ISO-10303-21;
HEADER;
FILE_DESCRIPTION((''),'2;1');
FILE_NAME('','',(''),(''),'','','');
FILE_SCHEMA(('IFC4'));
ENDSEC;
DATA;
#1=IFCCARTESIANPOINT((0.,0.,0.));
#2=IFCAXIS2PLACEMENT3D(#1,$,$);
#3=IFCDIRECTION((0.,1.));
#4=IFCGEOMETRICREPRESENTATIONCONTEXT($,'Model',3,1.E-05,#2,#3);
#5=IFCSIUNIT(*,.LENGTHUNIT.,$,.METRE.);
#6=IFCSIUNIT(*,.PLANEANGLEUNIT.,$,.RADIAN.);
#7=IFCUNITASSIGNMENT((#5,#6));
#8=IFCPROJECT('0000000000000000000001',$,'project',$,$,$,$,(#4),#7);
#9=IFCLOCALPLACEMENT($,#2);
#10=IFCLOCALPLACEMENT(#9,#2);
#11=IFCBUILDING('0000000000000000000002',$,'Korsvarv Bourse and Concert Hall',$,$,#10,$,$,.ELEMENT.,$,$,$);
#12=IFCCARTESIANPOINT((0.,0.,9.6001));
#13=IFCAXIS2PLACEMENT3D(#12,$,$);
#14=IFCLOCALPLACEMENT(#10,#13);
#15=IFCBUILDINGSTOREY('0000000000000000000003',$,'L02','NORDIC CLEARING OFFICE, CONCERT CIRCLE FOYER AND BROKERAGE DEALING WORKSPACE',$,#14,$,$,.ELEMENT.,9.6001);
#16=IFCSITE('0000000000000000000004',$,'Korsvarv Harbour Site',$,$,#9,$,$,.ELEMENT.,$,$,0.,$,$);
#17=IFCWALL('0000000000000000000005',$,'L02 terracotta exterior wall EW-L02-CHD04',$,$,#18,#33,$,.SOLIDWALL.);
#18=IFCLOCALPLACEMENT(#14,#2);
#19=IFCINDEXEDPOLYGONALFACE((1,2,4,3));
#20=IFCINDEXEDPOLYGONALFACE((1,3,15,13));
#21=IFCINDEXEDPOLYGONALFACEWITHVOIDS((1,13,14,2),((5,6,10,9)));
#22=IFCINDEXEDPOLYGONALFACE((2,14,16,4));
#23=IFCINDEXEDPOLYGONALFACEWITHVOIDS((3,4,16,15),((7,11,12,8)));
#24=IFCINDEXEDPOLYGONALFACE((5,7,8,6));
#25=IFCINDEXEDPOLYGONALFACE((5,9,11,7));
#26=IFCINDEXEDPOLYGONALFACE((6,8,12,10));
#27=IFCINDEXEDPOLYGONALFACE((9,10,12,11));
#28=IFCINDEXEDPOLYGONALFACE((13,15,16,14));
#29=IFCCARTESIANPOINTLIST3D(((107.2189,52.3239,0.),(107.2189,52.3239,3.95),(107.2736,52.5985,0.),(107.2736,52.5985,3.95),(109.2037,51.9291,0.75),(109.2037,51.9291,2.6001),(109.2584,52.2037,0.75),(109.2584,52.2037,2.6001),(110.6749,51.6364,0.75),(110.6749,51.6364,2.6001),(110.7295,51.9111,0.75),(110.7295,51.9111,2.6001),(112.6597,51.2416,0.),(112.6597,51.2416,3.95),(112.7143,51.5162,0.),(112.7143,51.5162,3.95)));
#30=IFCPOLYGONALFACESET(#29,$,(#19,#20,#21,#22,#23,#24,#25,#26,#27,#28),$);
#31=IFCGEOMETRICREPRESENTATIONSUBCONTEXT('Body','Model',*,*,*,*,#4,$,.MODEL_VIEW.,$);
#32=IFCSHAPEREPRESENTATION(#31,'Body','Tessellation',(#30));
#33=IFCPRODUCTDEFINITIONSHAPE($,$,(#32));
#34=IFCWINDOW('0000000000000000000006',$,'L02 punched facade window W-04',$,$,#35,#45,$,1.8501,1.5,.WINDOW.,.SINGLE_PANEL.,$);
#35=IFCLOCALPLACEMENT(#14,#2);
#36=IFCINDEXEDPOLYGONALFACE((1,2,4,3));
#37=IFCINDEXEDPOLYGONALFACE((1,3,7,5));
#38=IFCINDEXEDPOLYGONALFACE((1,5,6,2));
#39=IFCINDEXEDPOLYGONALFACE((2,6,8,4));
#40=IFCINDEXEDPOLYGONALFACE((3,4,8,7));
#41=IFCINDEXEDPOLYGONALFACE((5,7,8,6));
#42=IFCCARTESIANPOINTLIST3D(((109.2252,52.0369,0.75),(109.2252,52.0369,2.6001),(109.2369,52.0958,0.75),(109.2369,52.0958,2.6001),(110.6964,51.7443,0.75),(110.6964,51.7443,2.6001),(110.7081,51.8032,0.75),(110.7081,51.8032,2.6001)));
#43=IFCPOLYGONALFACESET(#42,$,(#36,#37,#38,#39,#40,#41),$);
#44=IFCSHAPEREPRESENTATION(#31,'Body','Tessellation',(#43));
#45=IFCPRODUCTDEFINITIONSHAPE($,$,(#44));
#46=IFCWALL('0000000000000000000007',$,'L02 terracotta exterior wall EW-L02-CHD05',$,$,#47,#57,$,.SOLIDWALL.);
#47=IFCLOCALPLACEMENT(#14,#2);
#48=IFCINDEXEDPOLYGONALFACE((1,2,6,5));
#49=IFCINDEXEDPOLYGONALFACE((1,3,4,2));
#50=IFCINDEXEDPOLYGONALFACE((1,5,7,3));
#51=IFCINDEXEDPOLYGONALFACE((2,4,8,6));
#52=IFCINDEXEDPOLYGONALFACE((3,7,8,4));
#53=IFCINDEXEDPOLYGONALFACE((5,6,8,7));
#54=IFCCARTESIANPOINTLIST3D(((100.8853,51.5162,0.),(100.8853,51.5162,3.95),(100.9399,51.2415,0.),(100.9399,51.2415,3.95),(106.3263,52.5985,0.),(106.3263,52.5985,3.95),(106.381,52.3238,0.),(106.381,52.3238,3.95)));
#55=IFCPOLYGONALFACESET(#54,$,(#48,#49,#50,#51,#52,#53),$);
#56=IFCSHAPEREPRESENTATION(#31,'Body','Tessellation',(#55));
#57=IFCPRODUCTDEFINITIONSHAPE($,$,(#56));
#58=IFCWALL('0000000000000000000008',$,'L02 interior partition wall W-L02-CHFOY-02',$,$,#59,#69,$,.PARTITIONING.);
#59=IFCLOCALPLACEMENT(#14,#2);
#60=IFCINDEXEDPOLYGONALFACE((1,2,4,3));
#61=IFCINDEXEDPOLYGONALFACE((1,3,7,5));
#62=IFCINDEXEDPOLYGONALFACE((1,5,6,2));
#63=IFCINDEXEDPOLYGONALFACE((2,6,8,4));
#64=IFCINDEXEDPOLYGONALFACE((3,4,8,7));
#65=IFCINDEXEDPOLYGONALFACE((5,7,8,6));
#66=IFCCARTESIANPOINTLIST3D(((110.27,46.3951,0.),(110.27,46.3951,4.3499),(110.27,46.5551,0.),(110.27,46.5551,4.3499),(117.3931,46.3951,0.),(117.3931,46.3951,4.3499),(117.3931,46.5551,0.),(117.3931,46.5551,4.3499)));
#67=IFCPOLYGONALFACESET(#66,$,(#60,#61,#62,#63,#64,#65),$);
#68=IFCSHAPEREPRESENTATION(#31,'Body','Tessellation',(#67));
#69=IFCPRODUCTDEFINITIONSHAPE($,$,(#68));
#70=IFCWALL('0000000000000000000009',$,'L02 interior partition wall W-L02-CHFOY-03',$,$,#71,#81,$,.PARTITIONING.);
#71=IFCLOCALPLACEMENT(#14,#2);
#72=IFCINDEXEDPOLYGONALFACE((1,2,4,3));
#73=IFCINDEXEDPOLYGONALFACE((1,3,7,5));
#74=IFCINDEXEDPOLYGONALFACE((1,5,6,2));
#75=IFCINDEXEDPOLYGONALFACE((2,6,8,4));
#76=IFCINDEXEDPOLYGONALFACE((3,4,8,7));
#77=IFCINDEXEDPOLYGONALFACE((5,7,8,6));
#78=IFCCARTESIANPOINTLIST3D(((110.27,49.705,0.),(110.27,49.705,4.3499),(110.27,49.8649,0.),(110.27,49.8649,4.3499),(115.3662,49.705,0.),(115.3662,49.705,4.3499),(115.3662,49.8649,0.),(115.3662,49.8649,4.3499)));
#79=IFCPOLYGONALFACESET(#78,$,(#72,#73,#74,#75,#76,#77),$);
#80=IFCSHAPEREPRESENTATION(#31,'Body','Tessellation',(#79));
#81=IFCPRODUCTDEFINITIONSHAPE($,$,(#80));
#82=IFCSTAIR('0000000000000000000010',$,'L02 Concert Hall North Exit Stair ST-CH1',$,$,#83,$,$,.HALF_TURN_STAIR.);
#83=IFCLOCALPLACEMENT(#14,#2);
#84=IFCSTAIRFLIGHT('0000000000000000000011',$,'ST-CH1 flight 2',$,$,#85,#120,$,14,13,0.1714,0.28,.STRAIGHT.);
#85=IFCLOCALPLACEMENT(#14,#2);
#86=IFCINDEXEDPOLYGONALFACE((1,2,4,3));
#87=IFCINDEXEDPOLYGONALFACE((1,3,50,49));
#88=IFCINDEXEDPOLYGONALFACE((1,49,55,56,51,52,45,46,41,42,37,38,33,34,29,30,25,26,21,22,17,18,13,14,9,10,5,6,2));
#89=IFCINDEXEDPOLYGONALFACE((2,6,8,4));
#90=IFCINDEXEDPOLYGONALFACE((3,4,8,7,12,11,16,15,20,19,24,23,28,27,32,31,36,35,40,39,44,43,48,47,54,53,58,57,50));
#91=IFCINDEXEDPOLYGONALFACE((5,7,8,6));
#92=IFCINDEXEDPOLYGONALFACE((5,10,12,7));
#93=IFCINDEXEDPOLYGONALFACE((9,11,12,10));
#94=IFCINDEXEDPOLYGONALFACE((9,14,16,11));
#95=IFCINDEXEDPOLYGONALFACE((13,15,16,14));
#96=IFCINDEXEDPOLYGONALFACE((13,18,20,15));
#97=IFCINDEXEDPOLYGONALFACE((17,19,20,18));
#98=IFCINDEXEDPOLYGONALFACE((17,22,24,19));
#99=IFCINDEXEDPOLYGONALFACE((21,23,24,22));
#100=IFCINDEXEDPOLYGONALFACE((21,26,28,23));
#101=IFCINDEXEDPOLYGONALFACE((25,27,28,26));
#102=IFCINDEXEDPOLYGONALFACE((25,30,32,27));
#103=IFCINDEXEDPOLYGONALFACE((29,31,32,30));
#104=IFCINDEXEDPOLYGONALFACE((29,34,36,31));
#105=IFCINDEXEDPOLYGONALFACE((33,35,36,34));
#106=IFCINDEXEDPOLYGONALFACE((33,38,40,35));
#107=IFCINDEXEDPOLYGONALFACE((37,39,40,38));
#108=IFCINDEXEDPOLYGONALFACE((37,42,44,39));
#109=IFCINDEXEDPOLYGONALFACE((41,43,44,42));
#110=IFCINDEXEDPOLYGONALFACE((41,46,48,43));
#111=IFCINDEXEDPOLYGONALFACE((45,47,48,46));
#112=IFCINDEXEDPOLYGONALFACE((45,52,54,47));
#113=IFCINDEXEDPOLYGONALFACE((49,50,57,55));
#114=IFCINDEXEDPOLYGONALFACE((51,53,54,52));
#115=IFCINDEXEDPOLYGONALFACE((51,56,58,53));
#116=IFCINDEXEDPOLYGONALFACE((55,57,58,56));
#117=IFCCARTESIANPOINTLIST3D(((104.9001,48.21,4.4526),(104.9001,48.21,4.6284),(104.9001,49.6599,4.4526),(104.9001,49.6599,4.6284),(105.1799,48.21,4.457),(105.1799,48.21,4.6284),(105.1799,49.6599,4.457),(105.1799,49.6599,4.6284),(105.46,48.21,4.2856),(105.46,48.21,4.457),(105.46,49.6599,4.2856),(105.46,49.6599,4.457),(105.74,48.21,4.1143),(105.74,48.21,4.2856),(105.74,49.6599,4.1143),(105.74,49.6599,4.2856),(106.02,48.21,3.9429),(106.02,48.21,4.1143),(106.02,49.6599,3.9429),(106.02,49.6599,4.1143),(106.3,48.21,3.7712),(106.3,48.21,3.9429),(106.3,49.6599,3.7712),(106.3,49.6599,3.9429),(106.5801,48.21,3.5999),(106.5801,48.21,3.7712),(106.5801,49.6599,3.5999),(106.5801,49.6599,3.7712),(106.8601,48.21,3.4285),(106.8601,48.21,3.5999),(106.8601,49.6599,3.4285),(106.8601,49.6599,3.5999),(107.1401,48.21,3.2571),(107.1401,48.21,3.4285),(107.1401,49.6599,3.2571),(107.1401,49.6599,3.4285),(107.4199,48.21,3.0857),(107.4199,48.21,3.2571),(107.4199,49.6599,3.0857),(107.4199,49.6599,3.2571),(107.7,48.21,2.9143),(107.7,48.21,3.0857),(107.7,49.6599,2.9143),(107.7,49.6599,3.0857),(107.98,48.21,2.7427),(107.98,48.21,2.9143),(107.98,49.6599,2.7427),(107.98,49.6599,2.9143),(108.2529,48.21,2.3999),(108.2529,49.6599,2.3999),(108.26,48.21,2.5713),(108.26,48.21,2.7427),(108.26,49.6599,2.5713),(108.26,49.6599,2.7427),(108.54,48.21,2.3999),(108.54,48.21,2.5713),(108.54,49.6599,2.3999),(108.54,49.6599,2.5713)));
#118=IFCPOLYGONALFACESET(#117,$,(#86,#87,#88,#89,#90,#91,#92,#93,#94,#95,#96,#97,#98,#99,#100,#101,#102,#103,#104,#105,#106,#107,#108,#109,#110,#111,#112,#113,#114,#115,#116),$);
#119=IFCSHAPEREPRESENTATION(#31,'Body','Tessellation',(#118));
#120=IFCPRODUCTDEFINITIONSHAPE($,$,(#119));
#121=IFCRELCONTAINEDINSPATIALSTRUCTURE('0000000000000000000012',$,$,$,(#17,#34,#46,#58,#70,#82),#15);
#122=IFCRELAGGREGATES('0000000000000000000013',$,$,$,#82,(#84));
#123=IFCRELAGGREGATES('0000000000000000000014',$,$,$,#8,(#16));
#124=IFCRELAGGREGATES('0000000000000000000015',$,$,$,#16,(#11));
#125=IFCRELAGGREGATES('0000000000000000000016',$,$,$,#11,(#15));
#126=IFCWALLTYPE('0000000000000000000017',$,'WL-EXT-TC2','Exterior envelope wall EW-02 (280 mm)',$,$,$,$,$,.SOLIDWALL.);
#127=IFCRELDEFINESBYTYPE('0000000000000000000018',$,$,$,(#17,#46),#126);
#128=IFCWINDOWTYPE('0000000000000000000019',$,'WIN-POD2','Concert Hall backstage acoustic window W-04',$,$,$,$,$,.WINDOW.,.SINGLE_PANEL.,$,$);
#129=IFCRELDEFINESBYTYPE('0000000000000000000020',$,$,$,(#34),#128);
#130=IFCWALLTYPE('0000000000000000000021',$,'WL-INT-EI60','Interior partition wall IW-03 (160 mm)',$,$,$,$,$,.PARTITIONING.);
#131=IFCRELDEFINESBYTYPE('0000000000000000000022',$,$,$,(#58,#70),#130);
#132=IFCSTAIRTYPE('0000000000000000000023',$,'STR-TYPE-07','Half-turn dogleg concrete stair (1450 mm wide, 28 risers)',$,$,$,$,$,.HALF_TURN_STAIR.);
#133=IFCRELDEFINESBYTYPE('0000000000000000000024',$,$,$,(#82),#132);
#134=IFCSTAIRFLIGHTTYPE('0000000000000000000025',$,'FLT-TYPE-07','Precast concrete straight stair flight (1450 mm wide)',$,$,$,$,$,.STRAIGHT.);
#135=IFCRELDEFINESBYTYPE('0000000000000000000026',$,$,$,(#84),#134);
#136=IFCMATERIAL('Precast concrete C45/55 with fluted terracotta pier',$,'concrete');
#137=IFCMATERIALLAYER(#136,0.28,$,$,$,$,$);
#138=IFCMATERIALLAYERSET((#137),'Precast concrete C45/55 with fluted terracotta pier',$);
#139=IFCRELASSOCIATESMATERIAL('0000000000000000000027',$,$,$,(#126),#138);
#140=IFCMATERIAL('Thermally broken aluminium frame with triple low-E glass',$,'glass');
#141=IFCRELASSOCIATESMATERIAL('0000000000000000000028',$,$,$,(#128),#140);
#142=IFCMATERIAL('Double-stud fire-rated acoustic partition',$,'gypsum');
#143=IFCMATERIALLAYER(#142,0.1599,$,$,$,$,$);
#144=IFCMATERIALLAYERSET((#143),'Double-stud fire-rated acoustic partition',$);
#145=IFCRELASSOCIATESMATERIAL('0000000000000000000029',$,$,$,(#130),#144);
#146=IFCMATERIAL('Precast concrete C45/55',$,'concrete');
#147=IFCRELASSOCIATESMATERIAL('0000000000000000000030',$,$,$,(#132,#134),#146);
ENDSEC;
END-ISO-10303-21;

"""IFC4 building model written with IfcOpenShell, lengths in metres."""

from ifc_helpers import new_model, si_unit, direction, frame, frame_2d, origin, place, context, subcontext, project, spatial, polyline, rectangle, outline, extrude, material, layer, layer_set, type_object, element, fill, aggregate, save


model = new_model("IFC4")

# Units and contexts
model_context = context("Model", 3, precision=1e-05, world=origin(), true_north=direction((0.0, 1.0)))
body_context = subcontext(model_context, "Body", "Model", "MODEL_VIEW")
ifc_project = project(units=[si_unit("LENGTHUNIT", "METRE"), si_unit("PLANEANGLEUNIT", "RADIAN")], contexts=[model_context])

# Site, building, storey
site_placement = place(None, origin())
site = spatial("IfcSite", under=ifc_project, at=site_placement, Name="Korsvarv Harbour Site", CompositionType="ELEMENT", RefElevation=0.0)
building_placement = place(site_placement, origin())
building = spatial("IfcBuilding", under=site, at=building_placement, Name="Korsvarv Bourse and Concert Hall", CompositionType="ELEMENT")
storey_placement = place(building_placement, frame((0.0, 0.0, 9.6001)))
storey = spatial("IfcBuildingStorey", under=building, at=storey_placement, Name="L02", Description="NORDIC CLEARING OFFICE, CONCERT CIRCLE FOYER AND BROKERAGE DEALING WORKSPACE", CompositionType="ELEMENT", Elevation=9.6001)

# Wall, opening, window
ifc_material_1 = material(Name="Precast concrete C45/55 with fluted terracotta pier", Category="concrete")
ifc_layer_1 = layer(ifc_material_1, 0.28)
ifc_layer_set_1 = layer_set([ifc_layer_1], Name="Precast concrete C45/55 with fluted terracotta pier")
wall_type_1 = type_object("IfcWallType", Name="WL-EXT-TC2", Description="Exterior envelope wall EW-02 (280 mm)", PredefinedType="SOLIDWALL", material=ifc_layer_set_1)
wall_1_placement = place(storey_placement, frame((112.687, 51.3789, 0.0), z_axis=(0.0, 0.0, 1.0), x_axis=(-0.980783, 0.1951, 0.0)))
wall_1 = element("IfcWall", 1, at=wall_1_placement, inside=storey, type_object=wall_type_1, Name="L02 terracotta exterior wall EW-L02-CHD04", PredefinedType="SOLIDWALL", context=body_context, shape_type="SweptSolid", body=[
    extrude(rectangle(XDim=5.5474, YDim=0.28, at=frame_2d((2.7737, 0.0))), origin(), (0.0, 0.0, 1.0), 3.95),
])
opening_placement = place(wall_1_placement, frame((2.0237, 0.0, 0.75)))
opening = element("IfcOpeningElement", 2, at=opening_placement, cuts=wall_1, PredefinedType="OPENING", context=body_context, shape_type="SweptSolid", body=[
    extrude(rectangle(XDim=1.5, YDim=1.8501, at=frame_2d((0.75, 0.925))), frame((0.0, 0.1499, 0.0), z_axis=(0.0, -1.0, 0.0), x_axis=(1.0, 0.0, 0.0)), (0.0, 0.0, 1.0), 0.3),
])
ifc_material_2 = material(Name="Thermally broken aluminium frame with triple low-E glass", Category="glass")
window_type = type_object("IfcWindowType", Name="WIN-POD2", Description="Concert Hall backstage acoustic window W-04", PartitioningType="SINGLE_PANEL", PredefinedType="WINDOW", material=ifc_material_2)
window_placement = place(opening_placement, origin())
window = element("IfcWindow", 3, at=window_placement, inside=storey, type_object=window_type, Name="L02 punched facade window W-04", OverallHeight=1.8501, OverallWidth=1.5, PartitioningType="SINGLE_PANEL", PredefinedType="WINDOW", context=body_context, shape_type="SweptSolid", body=[
    extrude(rectangle(XDim=1.5, YDim=1.8501, at=frame_2d((0.75, 0.925))), frame((0.0, 0.03, 0.0), z_axis=(0.0, -1.0, 0.0), x_axis=(1.0, 0.0, 0.0)), (0.0, 0.0, 1.0), 0.0601),
])
fill(opening, window)

# Walls
wall_2_placement = place(storey_placement, frame((106.3538, 52.4612, 0.0), z_axis=(0.0, 0.0, 1.0), x_axis=(-0.980785, -0.195092, 0.0)))
element("IfcWall", 4, at=wall_2_placement, inside=storey, type_object=wall_type_1, Name="L02 terracotta exterior wall EW-L02-CHD05", PredefinedType="SOLIDWALL", context=body_context, shape_type="SweptSolid", body=[
    extrude(rectangle(XDim=5.5476, YDim=0.28, at=frame_2d((2.7739, 0.0))), origin(), (0.0, 0.0, 1.0), 3.95),
])
ifc_material_3 = material(Name="Double-stud fire-rated acoustic partition", Category="gypsum")
ifc_layer_2 = layer(ifc_material_3, 0.1599)
ifc_layer_set_2 = layer_set([ifc_layer_2], Name="Double-stud fire-rated acoustic partition")
wall_type_2 = type_object("IfcWallType", Name="WL-INT-EI60", Description="Interior partition wall IW-03 (160 mm)", PredefinedType="PARTITIONING", material=ifc_layer_set_2)
wall_3_placement = place(storey_placement, frame((110.27, 46.4751, 0.0), z_axis=(0.0, 0.0, 1.0), x_axis=(1.0, 0.0, 0.0)))
element("IfcWall", 5, at=wall_3_placement, inside=storey, type_object=wall_type_2, Name="L02 interior partition wall W-L02-CHFOY-02", PredefinedType="PARTITIONING", context=body_context, shape_type="SweptSolid", body=[
    extrude(rectangle(XDim=7.123, YDim=0.1599, at=frame_2d((3.5615, 0.0))), origin(), (0.0, 0.0, 1.0), 4.3499),
])
wall_4_placement = place(storey_placement, frame((110.27, 49.7849, 0.0), z_axis=(0.0, 0.0, 1.0), x_axis=(1.0, 0.0, 0.0)))
element("IfcWall", 6, at=wall_4_placement, inside=storey, type_object=wall_type_2, Name="L02 interior partition wall W-L02-CHFOY-03", PredefinedType="PARTITIONING", context=body_context, shape_type="SweptSolid", body=[
    extrude(rectangle(XDim=5.0962, YDim=0.1599, at=frame_2d((2.5481, 0.0))), origin(), (0.0, 0.0, 1.0), 4.3499),
])

# Stair, stair flight
ifc_material_4 = material(Name="Precast concrete C45/55", Category="concrete")
stair_type = type_object("IfcStairType", Name="STR-TYPE-07", Description="Half-turn dogleg concrete stair (1450 mm wide, 28 risers)", PredefinedType="HALF_TURN_STAIR", material=ifc_material_4)
stair_placement = place(storey_placement, origin())
stair = element("IfcStair", 7, at=stair_placement, inside=storey, type_object=stair_type, Name="L02 Concert Hall North Exit Stair ST-CH1", PredefinedType="HALF_TURN_STAIR")
stair_flight_type = type_object("IfcStairFlightType", Name="FLT-TYPE-07", Description="Precast concrete straight stair flight (1450 mm wide)", PredefinedType="STRAIGHT", material=ifc_material_4)
stair_flight_placement = place(storey_placement, frame((108.54, 48.9351, 2.3999), z_axis=(0.0, 0.0, 1.0), x_axis=(-1.0, 0.0, 0.0)))
stair_flight = element("IfcStairFlight", 8, at=stair_flight_placement, type_object=stair_flight_type, Name="ST-CH1 flight 2", NumberOfRisers=14, NumberOfTreads=13, PredefinedType="STRAIGHT", RiserHeight=0.1714, TreadLength=0.28, context=body_context, shape_type="SweptSolid", body=[
    extrude(outline(polyline([(0.0, 0.0), (0.0, 0.1714), (0.28, 0.1714), (0.28, 0.3428), (0.5601, 0.3428), (0.5601, 0.5144), (0.8401, 0.5144), (0.8401, 0.6858), (1.1201, 0.6858), (1.1201, 0.8572), (1.3999, 0.8572), (1.3999, 1.0286), (1.6799, 1.0286), (1.6799, 1.2), (1.96, 1.2), (1.96, 1.3713), (2.24, 1.3713), (2.24, 1.543), (2.52, 1.543), (2.52, 1.7144), (2.8, 1.7144), (2.8, 1.8857), (3.0801, 1.8857), (3.0801, 2.0571), (3.3601, 2.0571), (3.3601, 2.2285), (3.6399, 2.2285), (3.6399, 2.3999), (3.6399, 2.0527), (0.2871, 0.0), (0.0, 0.0)])), frame((0.0, 0.7251, 0.0), z_axis=(0.0, -1.0, 0.0), x_axis=(1.0, 0.0, 0.0)), (0.0, 0.0, 1.0), 1.45),
])
aggregate(stair, [stair_flight])

save(model, "model.ifc")
